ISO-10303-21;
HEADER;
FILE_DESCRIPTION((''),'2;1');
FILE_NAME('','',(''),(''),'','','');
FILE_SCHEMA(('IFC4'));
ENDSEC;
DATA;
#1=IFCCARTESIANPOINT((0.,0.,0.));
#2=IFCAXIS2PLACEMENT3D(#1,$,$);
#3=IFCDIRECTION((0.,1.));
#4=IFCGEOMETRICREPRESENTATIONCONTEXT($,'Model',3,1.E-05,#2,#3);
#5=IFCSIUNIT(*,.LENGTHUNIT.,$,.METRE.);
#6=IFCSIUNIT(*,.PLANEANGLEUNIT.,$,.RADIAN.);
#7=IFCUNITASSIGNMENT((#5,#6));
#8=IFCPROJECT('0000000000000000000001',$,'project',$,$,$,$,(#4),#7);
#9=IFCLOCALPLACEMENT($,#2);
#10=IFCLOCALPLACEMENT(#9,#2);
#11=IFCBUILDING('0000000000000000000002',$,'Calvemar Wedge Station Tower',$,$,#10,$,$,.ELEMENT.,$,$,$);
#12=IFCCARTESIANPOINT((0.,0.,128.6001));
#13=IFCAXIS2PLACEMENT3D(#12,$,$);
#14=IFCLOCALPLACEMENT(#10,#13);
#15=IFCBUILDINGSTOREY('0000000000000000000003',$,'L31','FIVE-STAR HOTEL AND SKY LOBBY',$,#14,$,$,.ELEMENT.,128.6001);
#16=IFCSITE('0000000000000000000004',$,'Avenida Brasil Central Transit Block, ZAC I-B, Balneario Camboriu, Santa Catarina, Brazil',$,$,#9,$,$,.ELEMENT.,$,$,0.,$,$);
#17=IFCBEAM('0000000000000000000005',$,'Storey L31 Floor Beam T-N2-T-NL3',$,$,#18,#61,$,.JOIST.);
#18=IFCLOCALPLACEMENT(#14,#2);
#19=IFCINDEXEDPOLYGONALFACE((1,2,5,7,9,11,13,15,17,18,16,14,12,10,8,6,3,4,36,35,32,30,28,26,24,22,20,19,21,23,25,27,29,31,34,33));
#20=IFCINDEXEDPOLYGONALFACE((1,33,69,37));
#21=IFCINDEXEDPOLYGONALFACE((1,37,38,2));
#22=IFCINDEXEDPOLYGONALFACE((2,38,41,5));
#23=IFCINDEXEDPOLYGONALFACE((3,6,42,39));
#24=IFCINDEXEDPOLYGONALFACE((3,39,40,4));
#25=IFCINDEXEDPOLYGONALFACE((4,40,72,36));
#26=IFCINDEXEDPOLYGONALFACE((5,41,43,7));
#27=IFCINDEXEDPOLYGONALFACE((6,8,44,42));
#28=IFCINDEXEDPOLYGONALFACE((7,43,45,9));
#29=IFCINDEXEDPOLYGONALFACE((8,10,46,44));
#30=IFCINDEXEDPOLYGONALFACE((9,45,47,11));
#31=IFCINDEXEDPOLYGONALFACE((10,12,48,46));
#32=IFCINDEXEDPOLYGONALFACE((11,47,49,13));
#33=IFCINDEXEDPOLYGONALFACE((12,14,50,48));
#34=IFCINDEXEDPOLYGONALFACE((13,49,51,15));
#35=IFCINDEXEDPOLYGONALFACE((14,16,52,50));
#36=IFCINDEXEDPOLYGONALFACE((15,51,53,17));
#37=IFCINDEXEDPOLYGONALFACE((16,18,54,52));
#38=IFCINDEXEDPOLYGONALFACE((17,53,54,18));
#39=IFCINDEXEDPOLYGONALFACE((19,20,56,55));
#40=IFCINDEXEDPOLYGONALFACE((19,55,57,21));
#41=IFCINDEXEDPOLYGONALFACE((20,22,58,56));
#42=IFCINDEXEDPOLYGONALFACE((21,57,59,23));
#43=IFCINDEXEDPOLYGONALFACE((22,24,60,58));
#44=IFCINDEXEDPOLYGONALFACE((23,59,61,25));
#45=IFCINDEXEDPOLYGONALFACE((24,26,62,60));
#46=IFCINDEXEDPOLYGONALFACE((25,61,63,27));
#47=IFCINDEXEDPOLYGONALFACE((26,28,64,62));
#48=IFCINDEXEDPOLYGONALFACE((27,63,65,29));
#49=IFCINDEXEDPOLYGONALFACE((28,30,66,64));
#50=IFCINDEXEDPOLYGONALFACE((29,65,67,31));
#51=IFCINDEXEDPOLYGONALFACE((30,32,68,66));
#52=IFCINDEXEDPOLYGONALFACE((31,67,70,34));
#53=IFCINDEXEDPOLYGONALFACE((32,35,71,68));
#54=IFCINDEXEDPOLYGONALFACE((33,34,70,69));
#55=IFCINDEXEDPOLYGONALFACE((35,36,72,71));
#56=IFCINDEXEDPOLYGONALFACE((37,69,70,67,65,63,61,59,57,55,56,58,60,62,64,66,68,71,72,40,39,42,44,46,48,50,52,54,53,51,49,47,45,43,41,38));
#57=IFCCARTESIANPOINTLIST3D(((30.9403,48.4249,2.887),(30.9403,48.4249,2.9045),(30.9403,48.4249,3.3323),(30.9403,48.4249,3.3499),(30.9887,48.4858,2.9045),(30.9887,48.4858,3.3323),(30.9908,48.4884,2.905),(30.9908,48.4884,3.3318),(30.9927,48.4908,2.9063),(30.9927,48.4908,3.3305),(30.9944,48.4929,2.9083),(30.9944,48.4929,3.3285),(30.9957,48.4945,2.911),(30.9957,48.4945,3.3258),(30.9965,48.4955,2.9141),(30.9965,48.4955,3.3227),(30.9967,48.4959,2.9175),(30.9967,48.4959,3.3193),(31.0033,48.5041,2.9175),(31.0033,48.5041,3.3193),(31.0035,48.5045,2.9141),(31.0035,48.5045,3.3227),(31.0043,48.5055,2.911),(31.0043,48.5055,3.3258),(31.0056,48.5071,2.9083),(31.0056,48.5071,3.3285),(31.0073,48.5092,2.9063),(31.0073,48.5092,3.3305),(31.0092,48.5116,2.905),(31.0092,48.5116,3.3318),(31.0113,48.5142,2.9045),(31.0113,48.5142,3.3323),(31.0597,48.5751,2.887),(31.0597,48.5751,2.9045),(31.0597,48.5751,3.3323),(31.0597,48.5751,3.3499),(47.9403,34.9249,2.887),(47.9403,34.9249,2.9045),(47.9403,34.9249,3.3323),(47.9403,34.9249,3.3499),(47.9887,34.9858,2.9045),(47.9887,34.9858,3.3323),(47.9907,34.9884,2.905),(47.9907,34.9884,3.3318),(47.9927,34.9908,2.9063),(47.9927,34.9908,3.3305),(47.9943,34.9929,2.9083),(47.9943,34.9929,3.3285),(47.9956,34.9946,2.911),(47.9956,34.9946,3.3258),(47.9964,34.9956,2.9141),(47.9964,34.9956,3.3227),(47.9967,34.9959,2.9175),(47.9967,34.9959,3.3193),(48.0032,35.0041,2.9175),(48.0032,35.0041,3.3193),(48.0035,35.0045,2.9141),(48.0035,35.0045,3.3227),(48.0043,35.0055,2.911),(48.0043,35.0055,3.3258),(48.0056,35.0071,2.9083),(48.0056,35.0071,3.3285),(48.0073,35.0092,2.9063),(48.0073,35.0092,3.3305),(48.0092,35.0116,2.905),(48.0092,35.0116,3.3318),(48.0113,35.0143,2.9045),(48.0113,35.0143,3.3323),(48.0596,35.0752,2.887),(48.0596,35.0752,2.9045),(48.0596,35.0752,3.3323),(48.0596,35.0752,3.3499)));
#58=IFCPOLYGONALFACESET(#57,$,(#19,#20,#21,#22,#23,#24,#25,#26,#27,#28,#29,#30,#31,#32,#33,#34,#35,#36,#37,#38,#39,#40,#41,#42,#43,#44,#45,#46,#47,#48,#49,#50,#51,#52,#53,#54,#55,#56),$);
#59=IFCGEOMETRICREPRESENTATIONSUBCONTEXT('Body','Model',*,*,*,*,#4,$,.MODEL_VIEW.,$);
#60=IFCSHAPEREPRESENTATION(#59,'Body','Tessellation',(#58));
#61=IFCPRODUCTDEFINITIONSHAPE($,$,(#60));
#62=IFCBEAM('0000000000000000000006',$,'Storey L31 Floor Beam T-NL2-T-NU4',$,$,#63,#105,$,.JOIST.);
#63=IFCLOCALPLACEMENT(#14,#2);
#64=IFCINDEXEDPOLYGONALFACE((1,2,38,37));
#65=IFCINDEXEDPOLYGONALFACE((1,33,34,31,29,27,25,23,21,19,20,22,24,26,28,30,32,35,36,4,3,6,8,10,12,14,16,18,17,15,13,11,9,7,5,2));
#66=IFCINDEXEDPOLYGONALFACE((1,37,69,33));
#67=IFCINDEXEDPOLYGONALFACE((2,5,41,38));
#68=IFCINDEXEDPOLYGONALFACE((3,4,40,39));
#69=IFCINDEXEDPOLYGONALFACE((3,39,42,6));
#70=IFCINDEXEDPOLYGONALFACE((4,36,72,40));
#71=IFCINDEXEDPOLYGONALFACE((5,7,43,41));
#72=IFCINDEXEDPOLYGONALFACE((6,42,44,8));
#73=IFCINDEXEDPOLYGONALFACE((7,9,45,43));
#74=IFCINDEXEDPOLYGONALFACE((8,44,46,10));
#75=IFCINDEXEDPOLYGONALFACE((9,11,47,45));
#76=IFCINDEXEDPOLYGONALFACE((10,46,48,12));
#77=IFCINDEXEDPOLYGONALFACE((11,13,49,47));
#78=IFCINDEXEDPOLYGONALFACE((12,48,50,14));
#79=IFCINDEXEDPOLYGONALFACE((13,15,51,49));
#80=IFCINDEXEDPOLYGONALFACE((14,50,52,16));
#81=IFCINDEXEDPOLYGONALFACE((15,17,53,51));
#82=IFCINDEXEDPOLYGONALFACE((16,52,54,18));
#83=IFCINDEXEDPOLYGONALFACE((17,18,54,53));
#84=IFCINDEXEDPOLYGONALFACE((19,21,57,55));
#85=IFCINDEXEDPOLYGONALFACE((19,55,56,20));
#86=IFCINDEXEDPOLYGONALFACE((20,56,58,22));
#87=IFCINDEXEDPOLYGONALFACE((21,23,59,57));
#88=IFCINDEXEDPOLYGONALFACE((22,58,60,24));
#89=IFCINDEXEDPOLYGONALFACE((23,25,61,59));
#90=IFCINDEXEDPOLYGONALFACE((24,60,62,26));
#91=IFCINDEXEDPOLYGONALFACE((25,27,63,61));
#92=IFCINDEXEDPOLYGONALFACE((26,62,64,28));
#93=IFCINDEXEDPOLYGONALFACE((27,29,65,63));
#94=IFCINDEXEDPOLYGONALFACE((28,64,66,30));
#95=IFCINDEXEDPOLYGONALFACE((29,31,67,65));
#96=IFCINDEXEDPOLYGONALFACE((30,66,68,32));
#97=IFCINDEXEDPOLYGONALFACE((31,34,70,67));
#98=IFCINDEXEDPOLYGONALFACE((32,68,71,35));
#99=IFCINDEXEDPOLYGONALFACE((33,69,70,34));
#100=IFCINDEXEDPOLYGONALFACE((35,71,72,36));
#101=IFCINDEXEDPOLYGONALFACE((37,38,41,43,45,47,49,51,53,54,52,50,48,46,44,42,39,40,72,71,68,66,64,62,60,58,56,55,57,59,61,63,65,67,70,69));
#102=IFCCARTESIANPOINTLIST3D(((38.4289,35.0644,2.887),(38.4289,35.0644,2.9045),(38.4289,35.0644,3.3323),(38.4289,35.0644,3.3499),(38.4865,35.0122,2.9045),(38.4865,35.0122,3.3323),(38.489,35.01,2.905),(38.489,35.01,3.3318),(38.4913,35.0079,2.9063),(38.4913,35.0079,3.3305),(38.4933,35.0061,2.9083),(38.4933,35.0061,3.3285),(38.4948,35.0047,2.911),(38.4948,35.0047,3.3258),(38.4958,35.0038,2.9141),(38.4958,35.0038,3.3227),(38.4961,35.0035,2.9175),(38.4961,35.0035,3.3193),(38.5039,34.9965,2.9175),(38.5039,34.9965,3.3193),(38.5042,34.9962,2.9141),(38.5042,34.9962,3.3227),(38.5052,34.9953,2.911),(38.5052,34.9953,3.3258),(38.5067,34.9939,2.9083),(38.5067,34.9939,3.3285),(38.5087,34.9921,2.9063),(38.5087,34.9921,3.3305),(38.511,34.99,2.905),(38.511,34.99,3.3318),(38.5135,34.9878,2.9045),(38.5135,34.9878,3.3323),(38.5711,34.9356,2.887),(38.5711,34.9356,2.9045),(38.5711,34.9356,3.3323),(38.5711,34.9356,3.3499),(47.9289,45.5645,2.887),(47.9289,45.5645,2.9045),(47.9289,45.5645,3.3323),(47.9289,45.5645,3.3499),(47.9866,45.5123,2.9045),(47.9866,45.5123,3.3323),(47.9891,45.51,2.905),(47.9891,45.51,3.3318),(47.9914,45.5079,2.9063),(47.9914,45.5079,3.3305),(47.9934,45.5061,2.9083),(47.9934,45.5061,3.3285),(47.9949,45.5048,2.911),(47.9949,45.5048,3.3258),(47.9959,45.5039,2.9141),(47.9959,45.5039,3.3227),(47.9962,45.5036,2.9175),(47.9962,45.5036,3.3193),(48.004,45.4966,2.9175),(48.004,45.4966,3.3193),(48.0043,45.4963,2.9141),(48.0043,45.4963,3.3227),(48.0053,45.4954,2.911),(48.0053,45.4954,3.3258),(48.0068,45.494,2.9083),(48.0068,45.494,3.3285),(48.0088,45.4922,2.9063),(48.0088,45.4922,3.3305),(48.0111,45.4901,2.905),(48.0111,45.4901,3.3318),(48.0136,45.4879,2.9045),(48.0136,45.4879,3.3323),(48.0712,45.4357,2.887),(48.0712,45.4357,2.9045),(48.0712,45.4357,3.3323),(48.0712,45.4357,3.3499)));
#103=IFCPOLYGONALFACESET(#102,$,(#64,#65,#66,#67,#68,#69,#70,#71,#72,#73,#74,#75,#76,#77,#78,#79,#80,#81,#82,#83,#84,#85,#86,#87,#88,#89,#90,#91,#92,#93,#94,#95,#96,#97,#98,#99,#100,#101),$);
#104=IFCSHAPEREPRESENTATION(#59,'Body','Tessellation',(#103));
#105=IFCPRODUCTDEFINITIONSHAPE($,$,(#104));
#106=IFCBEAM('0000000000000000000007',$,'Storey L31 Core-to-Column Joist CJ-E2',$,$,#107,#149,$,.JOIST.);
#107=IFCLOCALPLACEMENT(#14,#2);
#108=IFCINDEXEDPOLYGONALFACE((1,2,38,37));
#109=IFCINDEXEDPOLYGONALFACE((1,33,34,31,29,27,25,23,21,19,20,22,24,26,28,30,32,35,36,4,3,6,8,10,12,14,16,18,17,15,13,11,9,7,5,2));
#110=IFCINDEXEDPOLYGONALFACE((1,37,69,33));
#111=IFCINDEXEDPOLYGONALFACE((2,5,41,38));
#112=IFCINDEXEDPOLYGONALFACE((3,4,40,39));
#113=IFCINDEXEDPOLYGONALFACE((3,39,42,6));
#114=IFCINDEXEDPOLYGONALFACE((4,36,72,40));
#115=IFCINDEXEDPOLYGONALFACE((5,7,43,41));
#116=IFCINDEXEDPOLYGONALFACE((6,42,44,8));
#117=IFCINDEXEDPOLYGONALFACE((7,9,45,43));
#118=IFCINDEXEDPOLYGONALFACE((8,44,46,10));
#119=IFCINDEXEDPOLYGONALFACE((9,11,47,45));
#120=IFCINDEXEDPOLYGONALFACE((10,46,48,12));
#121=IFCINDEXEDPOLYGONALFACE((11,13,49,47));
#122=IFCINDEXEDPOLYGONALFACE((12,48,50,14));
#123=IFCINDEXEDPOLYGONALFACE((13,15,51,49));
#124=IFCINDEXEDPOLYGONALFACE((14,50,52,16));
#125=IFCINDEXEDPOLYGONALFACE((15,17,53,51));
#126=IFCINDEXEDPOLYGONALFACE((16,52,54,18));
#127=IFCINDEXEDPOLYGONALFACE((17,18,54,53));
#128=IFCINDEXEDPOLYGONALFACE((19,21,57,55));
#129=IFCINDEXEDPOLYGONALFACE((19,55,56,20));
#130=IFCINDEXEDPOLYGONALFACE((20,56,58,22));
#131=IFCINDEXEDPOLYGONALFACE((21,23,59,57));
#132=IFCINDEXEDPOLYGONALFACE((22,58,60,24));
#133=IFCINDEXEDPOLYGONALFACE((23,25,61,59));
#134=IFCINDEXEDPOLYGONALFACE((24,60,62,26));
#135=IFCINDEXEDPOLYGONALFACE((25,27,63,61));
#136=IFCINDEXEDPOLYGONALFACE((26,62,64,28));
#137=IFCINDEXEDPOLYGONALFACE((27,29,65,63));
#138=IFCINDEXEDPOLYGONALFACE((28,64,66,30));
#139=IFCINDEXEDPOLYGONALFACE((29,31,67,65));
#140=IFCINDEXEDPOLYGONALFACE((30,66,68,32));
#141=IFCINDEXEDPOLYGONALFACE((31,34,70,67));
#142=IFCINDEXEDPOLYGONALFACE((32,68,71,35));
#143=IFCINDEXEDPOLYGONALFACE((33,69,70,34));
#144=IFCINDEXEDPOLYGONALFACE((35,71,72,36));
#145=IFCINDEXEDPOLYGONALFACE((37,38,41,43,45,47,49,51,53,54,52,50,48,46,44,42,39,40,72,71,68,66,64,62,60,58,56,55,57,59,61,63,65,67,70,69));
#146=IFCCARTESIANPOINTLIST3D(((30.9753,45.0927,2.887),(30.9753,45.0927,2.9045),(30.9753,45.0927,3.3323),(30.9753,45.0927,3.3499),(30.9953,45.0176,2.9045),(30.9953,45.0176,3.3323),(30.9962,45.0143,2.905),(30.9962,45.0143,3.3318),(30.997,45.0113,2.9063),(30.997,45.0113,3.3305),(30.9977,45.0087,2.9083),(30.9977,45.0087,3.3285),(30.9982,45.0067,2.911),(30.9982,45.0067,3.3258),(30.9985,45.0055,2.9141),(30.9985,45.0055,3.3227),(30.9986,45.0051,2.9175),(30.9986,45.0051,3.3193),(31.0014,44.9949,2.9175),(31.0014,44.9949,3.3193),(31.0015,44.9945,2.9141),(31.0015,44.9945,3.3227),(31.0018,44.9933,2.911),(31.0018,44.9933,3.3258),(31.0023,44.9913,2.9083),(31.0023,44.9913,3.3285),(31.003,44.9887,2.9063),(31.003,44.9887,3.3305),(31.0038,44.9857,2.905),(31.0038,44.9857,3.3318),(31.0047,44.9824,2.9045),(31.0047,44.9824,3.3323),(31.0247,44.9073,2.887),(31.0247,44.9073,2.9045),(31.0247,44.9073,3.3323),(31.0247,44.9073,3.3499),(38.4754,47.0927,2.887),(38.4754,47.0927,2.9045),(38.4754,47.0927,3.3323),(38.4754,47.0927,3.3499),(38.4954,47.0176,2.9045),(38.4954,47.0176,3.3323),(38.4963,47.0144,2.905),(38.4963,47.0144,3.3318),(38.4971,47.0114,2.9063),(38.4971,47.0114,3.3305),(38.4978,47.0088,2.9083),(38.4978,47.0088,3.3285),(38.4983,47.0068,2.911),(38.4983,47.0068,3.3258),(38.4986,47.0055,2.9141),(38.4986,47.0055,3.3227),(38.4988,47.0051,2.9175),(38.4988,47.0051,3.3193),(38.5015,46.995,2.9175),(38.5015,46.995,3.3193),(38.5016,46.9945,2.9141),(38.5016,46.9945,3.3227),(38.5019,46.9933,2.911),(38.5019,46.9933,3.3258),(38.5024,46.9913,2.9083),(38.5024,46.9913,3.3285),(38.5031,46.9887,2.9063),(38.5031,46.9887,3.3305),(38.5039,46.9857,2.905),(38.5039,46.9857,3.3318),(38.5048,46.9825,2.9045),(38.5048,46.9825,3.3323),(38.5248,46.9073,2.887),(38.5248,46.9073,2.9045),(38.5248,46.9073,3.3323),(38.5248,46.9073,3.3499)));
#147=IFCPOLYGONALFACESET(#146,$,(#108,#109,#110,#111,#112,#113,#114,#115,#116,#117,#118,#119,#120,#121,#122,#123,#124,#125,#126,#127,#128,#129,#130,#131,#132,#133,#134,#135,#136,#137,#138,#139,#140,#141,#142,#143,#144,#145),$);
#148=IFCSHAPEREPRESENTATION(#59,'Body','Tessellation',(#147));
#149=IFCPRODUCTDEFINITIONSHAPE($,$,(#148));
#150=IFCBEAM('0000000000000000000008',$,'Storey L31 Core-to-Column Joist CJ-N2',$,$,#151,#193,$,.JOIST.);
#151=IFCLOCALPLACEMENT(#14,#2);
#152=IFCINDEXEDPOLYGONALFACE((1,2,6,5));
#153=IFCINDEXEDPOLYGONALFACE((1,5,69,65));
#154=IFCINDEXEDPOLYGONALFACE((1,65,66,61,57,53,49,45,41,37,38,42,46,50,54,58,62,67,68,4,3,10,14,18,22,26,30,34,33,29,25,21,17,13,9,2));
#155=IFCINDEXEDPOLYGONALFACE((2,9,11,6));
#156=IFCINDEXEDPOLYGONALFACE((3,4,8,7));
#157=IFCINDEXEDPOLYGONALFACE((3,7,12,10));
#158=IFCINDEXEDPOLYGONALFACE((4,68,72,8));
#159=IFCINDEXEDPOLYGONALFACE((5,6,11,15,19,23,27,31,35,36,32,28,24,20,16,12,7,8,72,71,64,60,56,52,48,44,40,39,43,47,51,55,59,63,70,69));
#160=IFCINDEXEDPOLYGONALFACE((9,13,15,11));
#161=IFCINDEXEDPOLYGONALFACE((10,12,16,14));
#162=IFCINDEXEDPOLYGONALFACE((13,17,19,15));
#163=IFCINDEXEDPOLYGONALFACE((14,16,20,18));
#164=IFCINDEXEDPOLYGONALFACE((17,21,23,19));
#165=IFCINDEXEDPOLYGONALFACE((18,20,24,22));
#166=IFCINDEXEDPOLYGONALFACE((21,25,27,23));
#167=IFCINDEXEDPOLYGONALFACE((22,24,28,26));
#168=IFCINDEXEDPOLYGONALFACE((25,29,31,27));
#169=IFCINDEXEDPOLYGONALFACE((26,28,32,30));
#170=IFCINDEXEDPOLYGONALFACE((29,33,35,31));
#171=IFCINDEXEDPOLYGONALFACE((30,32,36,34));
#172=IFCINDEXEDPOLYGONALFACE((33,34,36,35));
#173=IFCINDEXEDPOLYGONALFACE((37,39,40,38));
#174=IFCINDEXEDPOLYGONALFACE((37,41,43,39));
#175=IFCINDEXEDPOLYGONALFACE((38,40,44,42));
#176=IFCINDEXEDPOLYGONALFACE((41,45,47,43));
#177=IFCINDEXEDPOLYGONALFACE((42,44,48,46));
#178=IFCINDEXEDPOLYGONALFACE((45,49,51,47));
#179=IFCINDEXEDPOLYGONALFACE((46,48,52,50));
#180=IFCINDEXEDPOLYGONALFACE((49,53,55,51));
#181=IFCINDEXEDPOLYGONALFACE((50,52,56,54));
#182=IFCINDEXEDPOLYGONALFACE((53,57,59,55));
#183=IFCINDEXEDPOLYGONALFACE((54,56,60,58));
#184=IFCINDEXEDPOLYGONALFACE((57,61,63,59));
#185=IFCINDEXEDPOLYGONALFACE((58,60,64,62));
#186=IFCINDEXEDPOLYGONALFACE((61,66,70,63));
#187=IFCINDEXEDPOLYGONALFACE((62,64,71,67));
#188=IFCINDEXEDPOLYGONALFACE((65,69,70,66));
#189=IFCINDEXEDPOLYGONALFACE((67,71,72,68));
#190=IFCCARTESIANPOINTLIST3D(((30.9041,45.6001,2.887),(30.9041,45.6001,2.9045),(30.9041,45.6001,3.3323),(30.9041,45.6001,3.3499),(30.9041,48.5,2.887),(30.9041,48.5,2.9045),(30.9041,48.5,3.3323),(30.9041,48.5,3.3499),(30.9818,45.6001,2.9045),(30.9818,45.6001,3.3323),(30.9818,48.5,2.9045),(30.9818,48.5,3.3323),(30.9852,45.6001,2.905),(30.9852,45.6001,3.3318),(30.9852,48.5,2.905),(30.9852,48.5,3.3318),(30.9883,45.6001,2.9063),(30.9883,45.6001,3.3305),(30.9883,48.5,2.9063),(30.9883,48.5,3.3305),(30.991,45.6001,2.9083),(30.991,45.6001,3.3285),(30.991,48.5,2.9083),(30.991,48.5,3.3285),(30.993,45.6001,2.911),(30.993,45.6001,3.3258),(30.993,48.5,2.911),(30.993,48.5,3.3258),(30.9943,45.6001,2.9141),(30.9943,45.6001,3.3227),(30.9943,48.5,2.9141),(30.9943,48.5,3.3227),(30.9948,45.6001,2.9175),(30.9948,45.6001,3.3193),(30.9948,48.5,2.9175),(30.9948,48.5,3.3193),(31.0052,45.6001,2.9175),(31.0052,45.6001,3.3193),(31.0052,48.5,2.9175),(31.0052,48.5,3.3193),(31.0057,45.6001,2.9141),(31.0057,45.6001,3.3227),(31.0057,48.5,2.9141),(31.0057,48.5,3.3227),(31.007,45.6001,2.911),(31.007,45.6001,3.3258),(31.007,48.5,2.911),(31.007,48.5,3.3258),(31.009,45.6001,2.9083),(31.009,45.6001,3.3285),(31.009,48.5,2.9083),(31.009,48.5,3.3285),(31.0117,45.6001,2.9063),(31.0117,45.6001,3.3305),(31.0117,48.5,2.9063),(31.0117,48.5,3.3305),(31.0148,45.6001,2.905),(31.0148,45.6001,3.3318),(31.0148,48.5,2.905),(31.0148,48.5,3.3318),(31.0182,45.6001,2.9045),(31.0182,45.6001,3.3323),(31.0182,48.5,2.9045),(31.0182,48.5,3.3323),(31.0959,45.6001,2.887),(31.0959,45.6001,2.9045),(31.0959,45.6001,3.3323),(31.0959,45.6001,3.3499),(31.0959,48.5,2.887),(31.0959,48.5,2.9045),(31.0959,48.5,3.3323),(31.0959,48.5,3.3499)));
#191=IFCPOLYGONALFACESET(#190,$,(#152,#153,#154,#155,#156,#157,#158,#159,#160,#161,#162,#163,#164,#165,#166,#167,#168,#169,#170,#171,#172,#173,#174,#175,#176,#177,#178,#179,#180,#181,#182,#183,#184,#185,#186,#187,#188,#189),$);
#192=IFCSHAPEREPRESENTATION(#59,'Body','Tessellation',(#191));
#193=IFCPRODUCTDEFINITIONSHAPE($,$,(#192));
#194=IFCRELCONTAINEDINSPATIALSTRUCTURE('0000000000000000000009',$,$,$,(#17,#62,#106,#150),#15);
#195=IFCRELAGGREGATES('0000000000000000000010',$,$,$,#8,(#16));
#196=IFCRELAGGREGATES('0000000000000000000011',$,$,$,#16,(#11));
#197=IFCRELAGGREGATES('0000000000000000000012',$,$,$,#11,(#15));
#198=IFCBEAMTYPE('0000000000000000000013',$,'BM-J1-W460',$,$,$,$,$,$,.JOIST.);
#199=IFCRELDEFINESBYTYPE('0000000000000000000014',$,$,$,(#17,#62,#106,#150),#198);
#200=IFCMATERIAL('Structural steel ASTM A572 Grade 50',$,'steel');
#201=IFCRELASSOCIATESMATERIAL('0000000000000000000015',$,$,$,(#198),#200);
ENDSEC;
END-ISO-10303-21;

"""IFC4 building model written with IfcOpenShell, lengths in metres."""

from ifc_helpers import new_model, si_unit, direction, frame, origin, origin_2d, place, context, subcontext, project, spatial, i_section, extrude, source, transform, mapped, material, material_profile, profile_set, type_object, element, save


model = new_model("IFC4")

# Units and contexts
model_context = context("Model", 3, precision=1e-05, world=origin(), true_north=direction((0.0, 1.0)))
body_context = subcontext(model_context, "Body", "Model", "MODEL_VIEW")
ifc_project = project(units=[si_unit("LENGTHUNIT", "METRE"), si_unit("PLANEANGLEUNIT", "RADIAN")], contexts=[model_context])

# Site, building, storey
site_placement = place(None, origin())
site = spatial("IfcSite", under=ifc_project, at=site_placement, Name="Avenida Brasil Central Transit Block, ZAC I-B, Balneario Camboriu, Santa Catarina, Brazil", CompositionType="ELEMENT", RefElevation=0.0)
building_placement = place(site_placement, origin())
building = spatial("IfcBuilding", under=site, at=building_placement, Name="Calvemar Wedge Station Tower", CompositionType="ELEMENT")
storey_placement = place(building_placement, frame((0.0, 0.0, 128.6001)))
storey = spatial("IfcBuildingStorey", under=building, at=storey_placement, Name="L31", Description="FIVE-STAR HOTEL AND SKY LOBBY", CompositionType="ELEMENT", Elevation=128.6001)

# Shared definitions
ifc_material_1 = material(Name="Structural steel ASTM A572 Grade 50", Category="steel")

# Beams
ifc_material_profile_1 = material_profile(ifc_material_1, i_section(OverallWidth=0.1919, OverallDepth=0.4629, WebThickness=0.0105, FlangeThickness=0.0176, FilletRadius=0.0129, at=origin_2d()), Name="W460x89")
ifc_profile_set_1 = profile_set([ifc_material_profile_1], Name="Structural steel ASTM A572 Grade 50")
beam_type_1 = type_object("IfcBeamType", Name="BM-J1-W460", PredefinedType="JOIST", material=ifc_profile_set_1)
shared_shape_1 = source(origin(), body_context, "Body", "SweptSolid", [
    extrude(i_section(OverallWidth=0.1919, OverallDepth=0.4629, WebThickness=0.0105, FlangeThickness=0.0176, FilletRadius=0.0129, at=origin_2d()), origin(), (0.0, 0.0, 1.0), 21.7083),
])
beam_1_placement = place(storey_placement, frame((31.0, 48.5, 3.1184), z_axis=(0.783111, -0.621882, 0.0), x_axis=(0.621882, 0.783111, 0.0)))
element("IfcBeam", 1, at=beam_1_placement, inside=storey, type_object=beam_type_1, Name="Storey L31 Floor Beam T-N2-T-NL3", PredefinedType="JOIST", context=body_context, shape_type="MappedRepresentation", body=[
    mapped(shared_shape_1, transform((0.0, 0.0, 0.0), scale=1.0)),
])
shared_shape_2 = source(origin(), body_context, "Body", "SweptSolid", [
    extrude(i_section(OverallWidth=0.1919, OverallDepth=0.4629, WebThickness=0.0105, FlangeThickness=0.0176, FilletRadius=0.0129, at=origin_2d()), origin(), (0.0, 0.0, 1.0), 14.1599),
])
beam_2_placement = place(storey_placement, frame((38.5, 35.0, 3.1184), z_axis=(0.670913, 0.741536, 0.0), x_axis=(-0.741536, 0.670913, 0.0)))
element("IfcBeam", 2, at=beam_2_placement, inside=storey, type_object=beam_type_1, Name="Storey L31 Floor Beam T-NL2-T-NU4", PredefinedType="JOIST", context=body_context, shape_type="MappedRepresentation", body=[
    mapped(shared_shape_2, transform((0.0, 0.0, 0.0), scale=1.0)),
])
shared_shape_3 = source(origin(), body_context, "Body", "SweptSolid", [
    extrude(i_section(OverallWidth=0.1919, OverallDepth=0.4629, WebThickness=0.0105, FlangeThickness=0.0176, FilletRadius=0.0129, at=origin_2d()), origin(), (0.0, 0.0, 1.0), 7.7622),
])
beam_3_placement = place(storey_placement, frame((31.0, 45.0, 3.1184), z_axis=(0.966235, 0.257663, 0.0), x_axis=(-0.257663, 0.966235, 0.0)))
element("IfcBeam", 3, at=beam_3_placement, inside=storey, type_object=beam_type_1, Name="Storey L31 Core-to-Column Joist CJ-E2", PredefinedType="JOIST", context=body_context, shape_type="MappedRepresentation", body=[
    mapped(shared_shape_3, transform((0.0, 0.0, 0.0), scale=1.0)),
])
shared_shape_4 = source(origin(), body_context, "Body", "SweptSolid", [
    extrude(i_section(OverallWidth=0.1919, OverallDepth=0.4629, WebThickness=0.0105, FlangeThickness=0.0176, FilletRadius=0.0129, at=origin_2d()), origin(), (0.0, 0.0, 1.0), 2.8999),
])
beam_4_placement = place(storey_placement, frame((31.0, 45.6001, 3.1184), z_axis=(0.0, 1.0, 0.0), x_axis=(-1.0, 0.0, 0.0)))
element("IfcBeam", 4, at=beam_4_placement, inside=storey, type_object=beam_type_1, Name="Storey L31 Core-to-Column Joist CJ-N2", PredefinedType="JOIST", context=body_context, shape_type="MappedRepresentation", body=[
    mapped(shared_shape_4, transform((0.0, 0.0, 0.0), scale=1.0)),
])

save(model, "model.ifc")
